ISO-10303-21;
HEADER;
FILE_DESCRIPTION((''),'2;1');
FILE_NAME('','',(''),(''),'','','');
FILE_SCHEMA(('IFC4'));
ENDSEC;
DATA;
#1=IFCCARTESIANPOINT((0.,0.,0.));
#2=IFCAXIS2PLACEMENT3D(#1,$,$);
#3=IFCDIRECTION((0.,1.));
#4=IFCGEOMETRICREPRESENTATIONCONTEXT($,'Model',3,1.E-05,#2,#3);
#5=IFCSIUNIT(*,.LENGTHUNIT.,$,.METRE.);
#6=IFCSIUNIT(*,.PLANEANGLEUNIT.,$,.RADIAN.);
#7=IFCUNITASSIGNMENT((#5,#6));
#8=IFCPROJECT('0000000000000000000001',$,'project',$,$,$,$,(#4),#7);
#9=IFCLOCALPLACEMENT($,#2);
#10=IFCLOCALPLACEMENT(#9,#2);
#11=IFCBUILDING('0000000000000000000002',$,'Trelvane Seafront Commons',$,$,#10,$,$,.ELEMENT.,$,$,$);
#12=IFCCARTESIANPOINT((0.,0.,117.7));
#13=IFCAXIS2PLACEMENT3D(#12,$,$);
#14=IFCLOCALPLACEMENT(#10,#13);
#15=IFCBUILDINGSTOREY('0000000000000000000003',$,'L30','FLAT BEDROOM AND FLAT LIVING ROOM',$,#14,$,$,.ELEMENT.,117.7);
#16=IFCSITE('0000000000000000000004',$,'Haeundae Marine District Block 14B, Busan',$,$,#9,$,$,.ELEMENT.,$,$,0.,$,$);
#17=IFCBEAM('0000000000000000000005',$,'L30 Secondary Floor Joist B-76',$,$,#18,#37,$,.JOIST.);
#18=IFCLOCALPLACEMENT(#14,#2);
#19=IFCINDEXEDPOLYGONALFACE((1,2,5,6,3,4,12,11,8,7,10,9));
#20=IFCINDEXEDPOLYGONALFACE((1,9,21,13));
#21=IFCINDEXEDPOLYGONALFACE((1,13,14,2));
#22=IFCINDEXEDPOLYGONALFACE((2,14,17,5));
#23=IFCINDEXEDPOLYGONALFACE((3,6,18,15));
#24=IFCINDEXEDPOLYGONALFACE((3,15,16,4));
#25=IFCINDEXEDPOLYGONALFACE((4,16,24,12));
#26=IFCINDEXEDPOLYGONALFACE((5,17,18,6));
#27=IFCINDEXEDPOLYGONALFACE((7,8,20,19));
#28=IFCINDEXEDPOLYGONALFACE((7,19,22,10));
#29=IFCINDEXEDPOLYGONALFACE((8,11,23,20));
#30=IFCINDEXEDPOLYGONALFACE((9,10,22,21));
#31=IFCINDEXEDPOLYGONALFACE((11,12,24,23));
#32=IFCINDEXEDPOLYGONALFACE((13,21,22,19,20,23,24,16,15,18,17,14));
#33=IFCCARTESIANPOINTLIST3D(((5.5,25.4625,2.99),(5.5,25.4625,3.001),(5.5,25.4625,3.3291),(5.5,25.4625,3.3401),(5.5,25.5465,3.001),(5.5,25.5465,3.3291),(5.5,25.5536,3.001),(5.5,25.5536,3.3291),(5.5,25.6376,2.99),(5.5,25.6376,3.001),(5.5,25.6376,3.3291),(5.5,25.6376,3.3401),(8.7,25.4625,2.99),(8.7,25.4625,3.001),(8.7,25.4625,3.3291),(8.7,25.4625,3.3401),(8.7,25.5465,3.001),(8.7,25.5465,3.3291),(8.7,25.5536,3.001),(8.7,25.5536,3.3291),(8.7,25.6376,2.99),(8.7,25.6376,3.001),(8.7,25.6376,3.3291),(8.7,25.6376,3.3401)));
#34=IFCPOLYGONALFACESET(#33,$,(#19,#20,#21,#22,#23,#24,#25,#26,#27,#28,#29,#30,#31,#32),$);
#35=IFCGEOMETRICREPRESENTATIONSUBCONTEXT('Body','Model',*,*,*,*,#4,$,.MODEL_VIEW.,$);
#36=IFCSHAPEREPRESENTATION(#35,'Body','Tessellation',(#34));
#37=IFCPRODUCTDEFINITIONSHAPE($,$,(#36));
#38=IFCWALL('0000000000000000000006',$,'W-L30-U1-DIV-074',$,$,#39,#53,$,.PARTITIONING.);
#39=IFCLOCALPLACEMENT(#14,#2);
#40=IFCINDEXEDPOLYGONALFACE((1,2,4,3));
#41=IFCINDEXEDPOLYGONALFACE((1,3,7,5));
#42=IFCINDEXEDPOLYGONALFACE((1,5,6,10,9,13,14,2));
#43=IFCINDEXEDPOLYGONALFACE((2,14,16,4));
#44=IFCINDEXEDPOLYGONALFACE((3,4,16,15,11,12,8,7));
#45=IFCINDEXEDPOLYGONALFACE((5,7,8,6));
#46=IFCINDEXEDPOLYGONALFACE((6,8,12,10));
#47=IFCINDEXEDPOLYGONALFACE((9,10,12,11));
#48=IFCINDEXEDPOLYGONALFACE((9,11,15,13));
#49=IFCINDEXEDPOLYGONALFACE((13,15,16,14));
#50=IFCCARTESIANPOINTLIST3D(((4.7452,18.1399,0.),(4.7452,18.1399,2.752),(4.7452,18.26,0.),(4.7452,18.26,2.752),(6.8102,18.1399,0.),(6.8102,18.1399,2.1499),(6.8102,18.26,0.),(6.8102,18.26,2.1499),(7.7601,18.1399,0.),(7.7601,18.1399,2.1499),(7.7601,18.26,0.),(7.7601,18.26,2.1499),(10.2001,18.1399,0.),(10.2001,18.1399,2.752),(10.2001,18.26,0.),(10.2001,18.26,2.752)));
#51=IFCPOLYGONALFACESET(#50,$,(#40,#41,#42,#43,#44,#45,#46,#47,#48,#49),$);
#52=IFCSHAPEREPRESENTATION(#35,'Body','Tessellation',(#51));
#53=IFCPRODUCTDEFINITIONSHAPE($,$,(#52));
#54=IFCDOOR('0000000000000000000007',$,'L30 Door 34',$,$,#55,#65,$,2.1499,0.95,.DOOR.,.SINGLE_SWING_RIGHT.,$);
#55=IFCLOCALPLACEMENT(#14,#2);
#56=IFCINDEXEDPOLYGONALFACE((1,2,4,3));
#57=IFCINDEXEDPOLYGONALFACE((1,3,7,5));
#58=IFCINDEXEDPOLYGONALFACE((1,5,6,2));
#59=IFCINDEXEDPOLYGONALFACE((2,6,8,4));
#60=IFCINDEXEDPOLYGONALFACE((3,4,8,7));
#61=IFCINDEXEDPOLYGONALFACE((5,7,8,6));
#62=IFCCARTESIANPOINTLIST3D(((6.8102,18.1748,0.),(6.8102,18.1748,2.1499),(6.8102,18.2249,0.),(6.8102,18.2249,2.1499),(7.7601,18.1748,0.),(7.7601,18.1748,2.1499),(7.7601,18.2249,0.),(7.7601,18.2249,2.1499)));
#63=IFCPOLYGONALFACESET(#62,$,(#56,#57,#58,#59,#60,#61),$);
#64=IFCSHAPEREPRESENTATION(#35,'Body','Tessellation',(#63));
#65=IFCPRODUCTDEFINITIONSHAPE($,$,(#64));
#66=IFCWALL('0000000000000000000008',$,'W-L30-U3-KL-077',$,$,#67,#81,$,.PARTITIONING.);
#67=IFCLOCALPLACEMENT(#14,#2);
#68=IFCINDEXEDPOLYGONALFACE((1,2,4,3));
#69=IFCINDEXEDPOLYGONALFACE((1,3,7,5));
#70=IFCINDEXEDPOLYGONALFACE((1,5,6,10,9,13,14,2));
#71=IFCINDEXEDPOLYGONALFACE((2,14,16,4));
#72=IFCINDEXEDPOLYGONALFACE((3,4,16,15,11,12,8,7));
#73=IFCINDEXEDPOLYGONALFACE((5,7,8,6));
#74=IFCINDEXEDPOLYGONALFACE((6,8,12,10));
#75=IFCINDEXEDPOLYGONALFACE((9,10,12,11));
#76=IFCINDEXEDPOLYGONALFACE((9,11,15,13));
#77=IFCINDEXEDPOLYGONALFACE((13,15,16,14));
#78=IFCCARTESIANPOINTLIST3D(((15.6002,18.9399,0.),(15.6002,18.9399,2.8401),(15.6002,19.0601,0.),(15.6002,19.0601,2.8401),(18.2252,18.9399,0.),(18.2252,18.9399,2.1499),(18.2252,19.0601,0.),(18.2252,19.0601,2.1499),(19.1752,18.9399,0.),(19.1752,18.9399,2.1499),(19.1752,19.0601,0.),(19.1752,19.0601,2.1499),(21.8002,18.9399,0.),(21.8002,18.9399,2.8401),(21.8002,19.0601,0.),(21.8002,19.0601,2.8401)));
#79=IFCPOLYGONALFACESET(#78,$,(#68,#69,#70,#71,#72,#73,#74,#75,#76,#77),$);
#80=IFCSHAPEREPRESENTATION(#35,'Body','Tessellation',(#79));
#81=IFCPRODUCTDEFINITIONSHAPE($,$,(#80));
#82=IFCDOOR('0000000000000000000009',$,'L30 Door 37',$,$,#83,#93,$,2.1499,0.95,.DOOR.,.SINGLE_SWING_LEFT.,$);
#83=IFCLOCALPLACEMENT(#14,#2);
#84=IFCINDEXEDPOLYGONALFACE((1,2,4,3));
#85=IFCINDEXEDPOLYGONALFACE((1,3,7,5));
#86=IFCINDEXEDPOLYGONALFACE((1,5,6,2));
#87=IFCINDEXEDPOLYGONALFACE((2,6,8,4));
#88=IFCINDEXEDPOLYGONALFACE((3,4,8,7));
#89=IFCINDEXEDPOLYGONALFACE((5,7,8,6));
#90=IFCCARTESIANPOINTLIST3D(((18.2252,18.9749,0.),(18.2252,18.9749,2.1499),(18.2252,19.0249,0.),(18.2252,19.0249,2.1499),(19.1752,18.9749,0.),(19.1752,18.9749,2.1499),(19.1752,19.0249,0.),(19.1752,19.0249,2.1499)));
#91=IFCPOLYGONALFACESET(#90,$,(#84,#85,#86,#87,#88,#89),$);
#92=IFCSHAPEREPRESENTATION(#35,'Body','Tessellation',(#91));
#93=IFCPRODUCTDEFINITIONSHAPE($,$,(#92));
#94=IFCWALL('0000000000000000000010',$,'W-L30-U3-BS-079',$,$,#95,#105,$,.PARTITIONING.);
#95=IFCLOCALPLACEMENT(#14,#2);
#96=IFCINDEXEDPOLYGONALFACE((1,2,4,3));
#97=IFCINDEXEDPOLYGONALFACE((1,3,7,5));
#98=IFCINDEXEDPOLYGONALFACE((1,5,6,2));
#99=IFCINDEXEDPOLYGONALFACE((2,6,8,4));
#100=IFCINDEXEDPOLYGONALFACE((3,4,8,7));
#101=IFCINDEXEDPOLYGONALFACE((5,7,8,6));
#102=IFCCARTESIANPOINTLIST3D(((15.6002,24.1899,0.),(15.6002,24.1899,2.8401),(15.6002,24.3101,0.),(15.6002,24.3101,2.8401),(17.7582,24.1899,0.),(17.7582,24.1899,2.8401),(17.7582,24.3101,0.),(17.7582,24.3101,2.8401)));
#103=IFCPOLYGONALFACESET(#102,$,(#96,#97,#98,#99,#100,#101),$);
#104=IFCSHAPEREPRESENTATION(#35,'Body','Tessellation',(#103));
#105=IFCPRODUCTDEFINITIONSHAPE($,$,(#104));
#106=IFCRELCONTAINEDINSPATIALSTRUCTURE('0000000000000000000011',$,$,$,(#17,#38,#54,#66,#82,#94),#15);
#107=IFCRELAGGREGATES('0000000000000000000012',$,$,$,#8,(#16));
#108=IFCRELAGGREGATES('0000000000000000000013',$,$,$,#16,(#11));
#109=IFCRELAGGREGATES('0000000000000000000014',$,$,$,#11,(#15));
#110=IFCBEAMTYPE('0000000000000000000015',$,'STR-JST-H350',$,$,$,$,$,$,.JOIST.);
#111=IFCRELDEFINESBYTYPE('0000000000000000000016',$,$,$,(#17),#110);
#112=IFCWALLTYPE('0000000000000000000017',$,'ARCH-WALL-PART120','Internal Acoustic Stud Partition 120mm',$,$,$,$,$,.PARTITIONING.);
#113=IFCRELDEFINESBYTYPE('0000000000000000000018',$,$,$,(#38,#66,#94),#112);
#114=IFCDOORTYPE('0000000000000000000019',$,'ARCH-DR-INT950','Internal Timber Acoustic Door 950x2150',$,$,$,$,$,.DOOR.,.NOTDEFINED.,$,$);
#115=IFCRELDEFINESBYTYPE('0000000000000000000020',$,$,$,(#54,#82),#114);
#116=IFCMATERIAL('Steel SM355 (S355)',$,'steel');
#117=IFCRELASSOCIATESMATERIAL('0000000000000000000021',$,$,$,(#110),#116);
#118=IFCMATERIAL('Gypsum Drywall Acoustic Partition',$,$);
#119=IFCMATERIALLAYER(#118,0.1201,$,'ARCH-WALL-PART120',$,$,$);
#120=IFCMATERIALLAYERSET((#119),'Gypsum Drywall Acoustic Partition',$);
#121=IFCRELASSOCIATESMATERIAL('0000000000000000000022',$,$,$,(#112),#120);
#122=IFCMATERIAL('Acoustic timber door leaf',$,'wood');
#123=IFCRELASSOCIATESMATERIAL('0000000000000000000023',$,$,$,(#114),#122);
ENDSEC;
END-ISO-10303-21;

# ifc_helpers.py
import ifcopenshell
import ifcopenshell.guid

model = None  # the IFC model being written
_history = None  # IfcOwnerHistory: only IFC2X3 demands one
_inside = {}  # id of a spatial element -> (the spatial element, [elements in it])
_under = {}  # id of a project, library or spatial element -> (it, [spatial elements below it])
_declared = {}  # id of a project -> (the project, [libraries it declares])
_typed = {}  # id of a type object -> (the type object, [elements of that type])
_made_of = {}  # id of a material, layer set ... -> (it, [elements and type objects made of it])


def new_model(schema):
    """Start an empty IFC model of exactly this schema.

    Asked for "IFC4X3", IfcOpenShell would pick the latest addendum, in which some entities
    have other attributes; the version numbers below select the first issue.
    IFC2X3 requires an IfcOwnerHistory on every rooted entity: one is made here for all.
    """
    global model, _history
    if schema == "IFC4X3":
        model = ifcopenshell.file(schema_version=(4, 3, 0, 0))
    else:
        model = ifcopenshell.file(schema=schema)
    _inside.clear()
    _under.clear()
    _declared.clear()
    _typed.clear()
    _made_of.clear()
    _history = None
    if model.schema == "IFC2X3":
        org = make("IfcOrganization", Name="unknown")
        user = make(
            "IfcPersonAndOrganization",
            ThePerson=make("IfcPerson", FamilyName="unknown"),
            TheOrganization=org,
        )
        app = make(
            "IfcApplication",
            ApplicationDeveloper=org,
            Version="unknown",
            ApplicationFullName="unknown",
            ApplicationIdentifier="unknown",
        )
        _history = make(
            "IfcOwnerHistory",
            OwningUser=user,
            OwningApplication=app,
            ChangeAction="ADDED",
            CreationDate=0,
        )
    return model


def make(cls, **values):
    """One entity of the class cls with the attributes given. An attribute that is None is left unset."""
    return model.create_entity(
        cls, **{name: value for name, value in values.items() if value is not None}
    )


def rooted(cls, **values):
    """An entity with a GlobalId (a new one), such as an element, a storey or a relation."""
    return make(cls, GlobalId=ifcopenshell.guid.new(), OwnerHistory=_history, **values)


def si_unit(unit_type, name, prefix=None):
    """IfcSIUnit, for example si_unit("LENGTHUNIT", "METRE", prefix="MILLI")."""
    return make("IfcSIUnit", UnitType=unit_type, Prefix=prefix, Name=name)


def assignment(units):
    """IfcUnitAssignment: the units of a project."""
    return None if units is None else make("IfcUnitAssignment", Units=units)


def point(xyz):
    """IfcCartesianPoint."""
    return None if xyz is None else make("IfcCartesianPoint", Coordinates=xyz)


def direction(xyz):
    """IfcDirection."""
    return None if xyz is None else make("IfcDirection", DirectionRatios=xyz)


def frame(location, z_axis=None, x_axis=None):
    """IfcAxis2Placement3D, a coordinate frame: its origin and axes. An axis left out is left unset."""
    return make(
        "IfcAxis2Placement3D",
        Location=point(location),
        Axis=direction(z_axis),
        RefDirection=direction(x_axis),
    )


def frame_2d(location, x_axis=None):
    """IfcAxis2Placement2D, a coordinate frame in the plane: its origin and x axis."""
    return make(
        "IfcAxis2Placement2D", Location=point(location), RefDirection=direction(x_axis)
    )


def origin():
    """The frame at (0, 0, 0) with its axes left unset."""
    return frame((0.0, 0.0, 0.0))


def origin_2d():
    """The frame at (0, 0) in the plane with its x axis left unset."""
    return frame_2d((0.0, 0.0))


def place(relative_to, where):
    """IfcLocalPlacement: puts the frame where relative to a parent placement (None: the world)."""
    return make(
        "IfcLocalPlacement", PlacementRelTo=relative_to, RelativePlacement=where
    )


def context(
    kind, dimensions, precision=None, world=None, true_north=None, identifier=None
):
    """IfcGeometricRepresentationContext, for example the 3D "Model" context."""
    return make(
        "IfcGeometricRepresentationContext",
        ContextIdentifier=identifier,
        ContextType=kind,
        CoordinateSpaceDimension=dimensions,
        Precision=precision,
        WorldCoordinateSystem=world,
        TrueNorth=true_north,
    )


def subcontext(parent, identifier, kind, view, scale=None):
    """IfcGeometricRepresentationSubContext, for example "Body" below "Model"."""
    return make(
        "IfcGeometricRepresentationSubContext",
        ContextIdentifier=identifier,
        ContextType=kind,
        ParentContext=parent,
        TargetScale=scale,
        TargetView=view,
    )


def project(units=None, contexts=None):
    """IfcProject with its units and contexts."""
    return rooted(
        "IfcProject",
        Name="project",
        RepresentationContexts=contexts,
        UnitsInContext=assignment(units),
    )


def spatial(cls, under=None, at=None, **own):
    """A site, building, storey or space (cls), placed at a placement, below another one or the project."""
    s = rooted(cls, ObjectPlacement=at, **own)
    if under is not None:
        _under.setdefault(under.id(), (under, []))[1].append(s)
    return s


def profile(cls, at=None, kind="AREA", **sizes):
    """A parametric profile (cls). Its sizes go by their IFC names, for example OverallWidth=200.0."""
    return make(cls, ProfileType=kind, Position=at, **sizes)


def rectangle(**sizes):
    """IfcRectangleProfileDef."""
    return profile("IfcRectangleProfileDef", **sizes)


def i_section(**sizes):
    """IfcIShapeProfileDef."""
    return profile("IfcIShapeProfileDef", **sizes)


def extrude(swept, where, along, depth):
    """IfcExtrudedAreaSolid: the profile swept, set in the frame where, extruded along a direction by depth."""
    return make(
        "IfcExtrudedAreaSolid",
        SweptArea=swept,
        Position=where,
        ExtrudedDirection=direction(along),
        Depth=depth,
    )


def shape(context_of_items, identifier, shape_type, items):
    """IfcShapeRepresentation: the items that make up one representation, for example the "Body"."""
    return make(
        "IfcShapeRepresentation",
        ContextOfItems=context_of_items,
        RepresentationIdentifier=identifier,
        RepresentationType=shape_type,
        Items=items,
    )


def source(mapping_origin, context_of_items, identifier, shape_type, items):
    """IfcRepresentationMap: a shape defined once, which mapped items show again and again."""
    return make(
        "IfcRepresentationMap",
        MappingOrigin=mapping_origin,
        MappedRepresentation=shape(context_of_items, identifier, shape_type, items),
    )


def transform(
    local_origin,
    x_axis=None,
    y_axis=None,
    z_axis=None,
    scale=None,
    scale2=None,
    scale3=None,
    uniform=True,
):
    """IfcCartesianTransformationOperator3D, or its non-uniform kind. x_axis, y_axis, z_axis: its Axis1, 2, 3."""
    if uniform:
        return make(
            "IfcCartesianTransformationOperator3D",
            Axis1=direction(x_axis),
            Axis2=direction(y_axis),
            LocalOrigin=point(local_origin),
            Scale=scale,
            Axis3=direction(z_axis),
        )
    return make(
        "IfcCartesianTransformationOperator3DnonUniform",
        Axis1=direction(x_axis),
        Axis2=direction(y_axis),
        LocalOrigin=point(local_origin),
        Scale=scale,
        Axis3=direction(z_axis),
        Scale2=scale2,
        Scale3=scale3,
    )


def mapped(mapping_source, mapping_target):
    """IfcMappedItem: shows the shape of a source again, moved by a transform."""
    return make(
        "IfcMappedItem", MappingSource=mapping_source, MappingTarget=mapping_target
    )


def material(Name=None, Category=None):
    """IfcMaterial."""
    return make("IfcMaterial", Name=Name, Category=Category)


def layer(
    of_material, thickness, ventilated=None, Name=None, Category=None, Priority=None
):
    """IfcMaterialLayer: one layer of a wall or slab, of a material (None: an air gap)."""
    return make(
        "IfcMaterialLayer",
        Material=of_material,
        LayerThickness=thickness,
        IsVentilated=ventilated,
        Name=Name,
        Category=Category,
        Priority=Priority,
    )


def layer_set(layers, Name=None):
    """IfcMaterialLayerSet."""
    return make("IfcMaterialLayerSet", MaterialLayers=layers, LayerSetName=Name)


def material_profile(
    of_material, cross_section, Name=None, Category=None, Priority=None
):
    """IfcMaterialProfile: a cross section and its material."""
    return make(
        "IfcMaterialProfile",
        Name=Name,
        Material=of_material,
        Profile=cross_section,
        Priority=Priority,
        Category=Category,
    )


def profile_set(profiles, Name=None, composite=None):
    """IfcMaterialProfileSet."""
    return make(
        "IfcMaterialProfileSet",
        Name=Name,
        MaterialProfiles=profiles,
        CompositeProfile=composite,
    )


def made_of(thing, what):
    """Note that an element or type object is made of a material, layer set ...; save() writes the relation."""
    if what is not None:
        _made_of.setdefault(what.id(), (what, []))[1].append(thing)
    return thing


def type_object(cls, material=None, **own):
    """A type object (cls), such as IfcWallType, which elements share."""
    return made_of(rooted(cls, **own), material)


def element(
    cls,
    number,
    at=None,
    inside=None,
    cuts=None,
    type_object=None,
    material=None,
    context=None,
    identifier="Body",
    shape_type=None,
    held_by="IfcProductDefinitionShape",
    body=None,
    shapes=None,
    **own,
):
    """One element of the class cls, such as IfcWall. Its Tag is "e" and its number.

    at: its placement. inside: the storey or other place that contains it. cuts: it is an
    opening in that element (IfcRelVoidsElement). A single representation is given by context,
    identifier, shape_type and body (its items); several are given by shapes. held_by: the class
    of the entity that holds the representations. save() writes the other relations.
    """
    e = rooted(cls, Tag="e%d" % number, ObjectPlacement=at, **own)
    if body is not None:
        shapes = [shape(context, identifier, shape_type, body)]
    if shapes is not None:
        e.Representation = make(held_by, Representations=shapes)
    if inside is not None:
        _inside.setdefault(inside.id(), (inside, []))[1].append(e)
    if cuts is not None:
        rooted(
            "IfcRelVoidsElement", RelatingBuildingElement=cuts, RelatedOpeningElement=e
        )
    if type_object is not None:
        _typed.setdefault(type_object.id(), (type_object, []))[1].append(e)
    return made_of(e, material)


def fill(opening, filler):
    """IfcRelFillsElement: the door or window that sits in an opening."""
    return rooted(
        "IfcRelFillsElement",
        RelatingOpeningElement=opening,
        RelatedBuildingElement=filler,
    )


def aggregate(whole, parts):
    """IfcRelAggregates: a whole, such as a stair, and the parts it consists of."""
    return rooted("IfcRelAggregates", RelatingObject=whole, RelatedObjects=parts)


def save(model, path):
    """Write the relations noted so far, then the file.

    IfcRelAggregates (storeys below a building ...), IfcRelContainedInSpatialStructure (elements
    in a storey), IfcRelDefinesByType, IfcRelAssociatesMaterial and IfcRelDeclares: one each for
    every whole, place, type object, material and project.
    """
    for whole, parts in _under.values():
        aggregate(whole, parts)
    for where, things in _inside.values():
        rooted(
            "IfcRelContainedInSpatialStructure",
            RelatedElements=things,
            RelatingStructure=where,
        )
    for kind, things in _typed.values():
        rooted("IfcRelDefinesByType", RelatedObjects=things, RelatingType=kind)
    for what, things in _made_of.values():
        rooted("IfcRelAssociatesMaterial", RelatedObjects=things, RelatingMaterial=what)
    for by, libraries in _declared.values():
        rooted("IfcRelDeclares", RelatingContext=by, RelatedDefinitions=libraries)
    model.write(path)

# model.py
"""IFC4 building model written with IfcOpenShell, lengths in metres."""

from ifc_helpers import new_model, si_unit, direction, frame, frame_2d, origin, origin_2d, place, context, subcontext, project, spatial, rectangle, i_section, extrude, source, transform, mapped, material, layer, layer_set, material_profile, profile_set, type_object, element, fill, save


model = new_model("IFC4")

# Units and contexts
model_context = context("Model", 3, precision=1e-05, world=origin(), true_north=direction((0.0, 1.0)))
body_context = subcontext(model_context, "Body", "Model", "MODEL_VIEW")
ifc_project = project(units=[si_unit("LENGTHUNIT", "METRE"), si_unit("PLANEANGLEUNIT", "RADIAN")], contexts=[model_context])

# Site, building, storey
site_placement = place(None, origin())
site = spatial("IfcSite", under=ifc_project, at=site_placement, Name="Haeundae Marine District Block 14B, Busan", CompositionType="ELEMENT", RefElevation=0.0)
building_placement = place(site_placement, origin())
building = spatial("IfcBuilding", under=site, at=building_placement, Name="Trelvane Seafront Commons", CompositionType="ELEMENT")
storey_placement = place(building_placement, frame((0.0, 0.0, 117.7)))
storey = spatial("IfcBuildingStorey", under=building, at=storey_placement, Name="L30", Description="FLAT BEDROOM AND FLAT LIVING ROOM", CompositionType="ELEMENT", Elevation=117.7)

# Shared definitions
ifc_material_1 = material(Name="Steel SM355 (S355)", Category="steel")

# Beam
ifc_material_profile_1 = material_profile(ifc_material_1, i_section(OverallWidth=0.175, OverallDepth=0.3501, WebThickness=0.0071, FlangeThickness=0.011, at=origin_2d()), Name="H-350x175x7x11")
ifc_profile_set_1 = profile_set([ifc_material_profile_1], Name="Steel SM355 (S355)")
beam_type_1 = type_object("IfcBeamType", Name="STR-JST-H350", PredefinedType="JOIST", material=ifc_profile_set_1)
shared_shape_1 = source(origin(), body_context, "Body", "SweptSolid", [
    extrude(i_section(OverallWidth=0.175, OverallDepth=0.3501, WebThickness=0.0071, FlangeThickness=0.011, at=origin_2d()), origin(), (0.0, 0.0, 1.0), 3.2),
])
beam_1_placement = place(storey_placement, frame((5.5, 25.55, 3.165), z_axis=(1.0, 0.0, 0.0), x_axis=(0.0, 1.0, 0.0)))
element("IfcBeam", 1, at=beam_1_placement, inside=storey, type_object=beam_type_1, Name="L30 Secondary Floor Joist B-76", PredefinedType="JOIST", context=body_context, shape_type="MappedRepresentation", body=[
    mapped(shared_shape_1, transform((0.0, 0.0, 0.0), x_axis=(1.0, 0.0, 0.0), y_axis=(0.0, 1.0, 0.0), z_axis=(0.0, 0.0, 1.0), scale=1.0)),
])

# Walls, openings, doors
ifc_material_2 = material(Name="Gypsum Drywall Acoustic Partition")
ifc_layer = layer(ifc_material_2, 0.1201, Name="ARCH-WALL-PART120")
ifc_layer_set = layer_set([ifc_layer], Name="Gypsum Drywall Acoustic Partition")
wall_type = type_object("IfcWallType", Name="ARCH-WALL-PART120", Description="Internal Acoustic Stud Partition 120mm", PredefinedType="PARTITIONING", material=ifc_layer_set)
wall_1_placement = place(storey_placement, frame((4.7451, 18.2, 0.0), z_axis=(0.0, 0.0, 1.0), x_axis=(1.0, 0.0, 0.0)))
wall_1 = element("IfcWall", 2, at=wall_1_placement, inside=storey, type_object=wall_type, Name="W-L30-U1-DIV-074", PredefinedType="PARTITIONING", context=body_context, shape_type="SweptSolid", body=[
    extrude(rectangle(XDim=5.4548, YDim=0.1201, at=frame_2d((2.7275, 0.0))), origin(), (0.0, 0.0, 1.0), 2.752),
])
opening_1_placement = place(wall_1_placement, frame((2.0649, 0.0, 0.0)))
opening_1 = element("IfcOpeningElement", 3, at=opening_1_placement, cuts=wall_1, PredefinedType="OPENING", context=body_context, shape_type="SweptSolid", body=[
    extrude(rectangle(XDim=0.95, YDim=2.1499, at=frame_2d((0.4751, 1.075))), frame((0.0, 0.0701, 0.0), z_axis=(0.0, -1.0, 0.0), x_axis=(1.0, 0.0, 0.0)), (0.0, 0.0, 1.0), 0.1401),
])
ifc_material_3 = material(Name="Acoustic timber door leaf", Category="wood")
door_type = type_object("IfcDoorType", Name="ARCH-DR-INT950", Description="Internal Timber Acoustic Door 950x2150", OperationType="NOTDEFINED", PredefinedType="DOOR", material=ifc_material_3)
shared_shape_2 = source(origin(), body_context, "Body", "SweptSolid", [
    extrude(rectangle(XDim=0.95, YDim=2.1499, at=frame_2d((0.4751, 1.075))), frame((0.0, 0.0249, 0.0), z_axis=(0.0, -1.0, 0.0), x_axis=(1.0, 0.0, 0.0)), (0.0, 0.0, 1.0), 0.05),
])
door_1_placement = place(opening_1_placement, origin())
door_1 = element("IfcDoor", 4, at=door_1_placement, inside=storey, type_object=door_type, Name="L30 Door 34", OperationType="SINGLE_SWING_RIGHT", OverallHeight=2.1499, OverallWidth=0.95, PredefinedType="DOOR", context=body_context, shape_type="MappedRepresentation", body=[
    mapped(shared_shape_2, transform((0.0, 0.0, 0.0), x_axis=(1.0, 0.0, 0.0), y_axis=(0.0, 1.0, 0.0), z_axis=(0.0, 0.0, 1.0), scale=1.0)),
])
fill(opening_1, door_1)
wall_2_placement = place(storey_placement, frame((15.6001, 19.0, 0.0), z_axis=(0.0, 0.0, 1.0), x_axis=(1.0, 0.0, 0.0)))
wall_2 = element("IfcWall", 5, at=wall_2_placement, inside=storey, type_object=wall_type, Name="W-L30-U3-KL-077", PredefinedType="PARTITIONING", context=body_context, shape_type="SweptSolid", body=[
    extrude(rectangle(XDim=6.2, YDim=0.1201, at=frame_2d((3.1001, 0.0))), origin(), (0.0, 0.0, 1.0), 2.8401),
])
opening_2_placement = place(wall_2_placement, frame((2.625, 0.0, 0.0)))
opening_2 = element("IfcOpeningElement", 6, at=opening_2_placement, cuts=wall_2, PredefinedType="OPENING", context=body_context, shape_type="SweptSolid", body=[
    extrude(rectangle(XDim=0.95, YDim=2.1499, at=frame_2d((0.4751, 1.075))), frame((0.0, 0.0701, 0.0), z_axis=(0.0, -1.0, 0.0), x_axis=(1.0, 0.0, 0.0)), (0.0, 0.0, 1.0), 0.1401),
])
door_2_placement = place(opening_2_placement, origin())
door_2 = element("IfcDoor", 7, at=door_2_placement, inside=storey, type_object=door_type, Name="L30 Door 37", OperationType="SINGLE_SWING_LEFT", OverallHeight=2.1499, OverallWidth=0.95, PredefinedType="DOOR", context=body_context, shape_type="MappedRepresentation", body=[
    mapped(shared_shape_2, transform((0.0, 0.0, 0.0), x_axis=(1.0, 0.0, 0.0), y_axis=(0.0, 1.0, 0.0), z_axis=(0.0, 0.0, 1.0), scale=1.0)),
])
fill(opening_2, door_2)

# Wall
wall_3_placement = place(storey_placement, frame((15.6001, 24.25, 0.0), z_axis=(0.0, 0.0, 1.0), x_axis=(1.0, 0.0, 0.0)))
element("IfcWall", 8, at=wall_3_placement, inside=storey, type_object=wall_type, Name="W-L30-U3-BS-079", PredefinedType="PARTITIONING", context=body_context, shape_type="SweptSolid", body=[
    extrude(rectangle(XDim=2.158, YDim=0.1201, at=frame_2d((1.0791, 0.0))), origin(), (0.0, 0.0, 1.0), 2.8401),
])

save(model, "model.ifc")
